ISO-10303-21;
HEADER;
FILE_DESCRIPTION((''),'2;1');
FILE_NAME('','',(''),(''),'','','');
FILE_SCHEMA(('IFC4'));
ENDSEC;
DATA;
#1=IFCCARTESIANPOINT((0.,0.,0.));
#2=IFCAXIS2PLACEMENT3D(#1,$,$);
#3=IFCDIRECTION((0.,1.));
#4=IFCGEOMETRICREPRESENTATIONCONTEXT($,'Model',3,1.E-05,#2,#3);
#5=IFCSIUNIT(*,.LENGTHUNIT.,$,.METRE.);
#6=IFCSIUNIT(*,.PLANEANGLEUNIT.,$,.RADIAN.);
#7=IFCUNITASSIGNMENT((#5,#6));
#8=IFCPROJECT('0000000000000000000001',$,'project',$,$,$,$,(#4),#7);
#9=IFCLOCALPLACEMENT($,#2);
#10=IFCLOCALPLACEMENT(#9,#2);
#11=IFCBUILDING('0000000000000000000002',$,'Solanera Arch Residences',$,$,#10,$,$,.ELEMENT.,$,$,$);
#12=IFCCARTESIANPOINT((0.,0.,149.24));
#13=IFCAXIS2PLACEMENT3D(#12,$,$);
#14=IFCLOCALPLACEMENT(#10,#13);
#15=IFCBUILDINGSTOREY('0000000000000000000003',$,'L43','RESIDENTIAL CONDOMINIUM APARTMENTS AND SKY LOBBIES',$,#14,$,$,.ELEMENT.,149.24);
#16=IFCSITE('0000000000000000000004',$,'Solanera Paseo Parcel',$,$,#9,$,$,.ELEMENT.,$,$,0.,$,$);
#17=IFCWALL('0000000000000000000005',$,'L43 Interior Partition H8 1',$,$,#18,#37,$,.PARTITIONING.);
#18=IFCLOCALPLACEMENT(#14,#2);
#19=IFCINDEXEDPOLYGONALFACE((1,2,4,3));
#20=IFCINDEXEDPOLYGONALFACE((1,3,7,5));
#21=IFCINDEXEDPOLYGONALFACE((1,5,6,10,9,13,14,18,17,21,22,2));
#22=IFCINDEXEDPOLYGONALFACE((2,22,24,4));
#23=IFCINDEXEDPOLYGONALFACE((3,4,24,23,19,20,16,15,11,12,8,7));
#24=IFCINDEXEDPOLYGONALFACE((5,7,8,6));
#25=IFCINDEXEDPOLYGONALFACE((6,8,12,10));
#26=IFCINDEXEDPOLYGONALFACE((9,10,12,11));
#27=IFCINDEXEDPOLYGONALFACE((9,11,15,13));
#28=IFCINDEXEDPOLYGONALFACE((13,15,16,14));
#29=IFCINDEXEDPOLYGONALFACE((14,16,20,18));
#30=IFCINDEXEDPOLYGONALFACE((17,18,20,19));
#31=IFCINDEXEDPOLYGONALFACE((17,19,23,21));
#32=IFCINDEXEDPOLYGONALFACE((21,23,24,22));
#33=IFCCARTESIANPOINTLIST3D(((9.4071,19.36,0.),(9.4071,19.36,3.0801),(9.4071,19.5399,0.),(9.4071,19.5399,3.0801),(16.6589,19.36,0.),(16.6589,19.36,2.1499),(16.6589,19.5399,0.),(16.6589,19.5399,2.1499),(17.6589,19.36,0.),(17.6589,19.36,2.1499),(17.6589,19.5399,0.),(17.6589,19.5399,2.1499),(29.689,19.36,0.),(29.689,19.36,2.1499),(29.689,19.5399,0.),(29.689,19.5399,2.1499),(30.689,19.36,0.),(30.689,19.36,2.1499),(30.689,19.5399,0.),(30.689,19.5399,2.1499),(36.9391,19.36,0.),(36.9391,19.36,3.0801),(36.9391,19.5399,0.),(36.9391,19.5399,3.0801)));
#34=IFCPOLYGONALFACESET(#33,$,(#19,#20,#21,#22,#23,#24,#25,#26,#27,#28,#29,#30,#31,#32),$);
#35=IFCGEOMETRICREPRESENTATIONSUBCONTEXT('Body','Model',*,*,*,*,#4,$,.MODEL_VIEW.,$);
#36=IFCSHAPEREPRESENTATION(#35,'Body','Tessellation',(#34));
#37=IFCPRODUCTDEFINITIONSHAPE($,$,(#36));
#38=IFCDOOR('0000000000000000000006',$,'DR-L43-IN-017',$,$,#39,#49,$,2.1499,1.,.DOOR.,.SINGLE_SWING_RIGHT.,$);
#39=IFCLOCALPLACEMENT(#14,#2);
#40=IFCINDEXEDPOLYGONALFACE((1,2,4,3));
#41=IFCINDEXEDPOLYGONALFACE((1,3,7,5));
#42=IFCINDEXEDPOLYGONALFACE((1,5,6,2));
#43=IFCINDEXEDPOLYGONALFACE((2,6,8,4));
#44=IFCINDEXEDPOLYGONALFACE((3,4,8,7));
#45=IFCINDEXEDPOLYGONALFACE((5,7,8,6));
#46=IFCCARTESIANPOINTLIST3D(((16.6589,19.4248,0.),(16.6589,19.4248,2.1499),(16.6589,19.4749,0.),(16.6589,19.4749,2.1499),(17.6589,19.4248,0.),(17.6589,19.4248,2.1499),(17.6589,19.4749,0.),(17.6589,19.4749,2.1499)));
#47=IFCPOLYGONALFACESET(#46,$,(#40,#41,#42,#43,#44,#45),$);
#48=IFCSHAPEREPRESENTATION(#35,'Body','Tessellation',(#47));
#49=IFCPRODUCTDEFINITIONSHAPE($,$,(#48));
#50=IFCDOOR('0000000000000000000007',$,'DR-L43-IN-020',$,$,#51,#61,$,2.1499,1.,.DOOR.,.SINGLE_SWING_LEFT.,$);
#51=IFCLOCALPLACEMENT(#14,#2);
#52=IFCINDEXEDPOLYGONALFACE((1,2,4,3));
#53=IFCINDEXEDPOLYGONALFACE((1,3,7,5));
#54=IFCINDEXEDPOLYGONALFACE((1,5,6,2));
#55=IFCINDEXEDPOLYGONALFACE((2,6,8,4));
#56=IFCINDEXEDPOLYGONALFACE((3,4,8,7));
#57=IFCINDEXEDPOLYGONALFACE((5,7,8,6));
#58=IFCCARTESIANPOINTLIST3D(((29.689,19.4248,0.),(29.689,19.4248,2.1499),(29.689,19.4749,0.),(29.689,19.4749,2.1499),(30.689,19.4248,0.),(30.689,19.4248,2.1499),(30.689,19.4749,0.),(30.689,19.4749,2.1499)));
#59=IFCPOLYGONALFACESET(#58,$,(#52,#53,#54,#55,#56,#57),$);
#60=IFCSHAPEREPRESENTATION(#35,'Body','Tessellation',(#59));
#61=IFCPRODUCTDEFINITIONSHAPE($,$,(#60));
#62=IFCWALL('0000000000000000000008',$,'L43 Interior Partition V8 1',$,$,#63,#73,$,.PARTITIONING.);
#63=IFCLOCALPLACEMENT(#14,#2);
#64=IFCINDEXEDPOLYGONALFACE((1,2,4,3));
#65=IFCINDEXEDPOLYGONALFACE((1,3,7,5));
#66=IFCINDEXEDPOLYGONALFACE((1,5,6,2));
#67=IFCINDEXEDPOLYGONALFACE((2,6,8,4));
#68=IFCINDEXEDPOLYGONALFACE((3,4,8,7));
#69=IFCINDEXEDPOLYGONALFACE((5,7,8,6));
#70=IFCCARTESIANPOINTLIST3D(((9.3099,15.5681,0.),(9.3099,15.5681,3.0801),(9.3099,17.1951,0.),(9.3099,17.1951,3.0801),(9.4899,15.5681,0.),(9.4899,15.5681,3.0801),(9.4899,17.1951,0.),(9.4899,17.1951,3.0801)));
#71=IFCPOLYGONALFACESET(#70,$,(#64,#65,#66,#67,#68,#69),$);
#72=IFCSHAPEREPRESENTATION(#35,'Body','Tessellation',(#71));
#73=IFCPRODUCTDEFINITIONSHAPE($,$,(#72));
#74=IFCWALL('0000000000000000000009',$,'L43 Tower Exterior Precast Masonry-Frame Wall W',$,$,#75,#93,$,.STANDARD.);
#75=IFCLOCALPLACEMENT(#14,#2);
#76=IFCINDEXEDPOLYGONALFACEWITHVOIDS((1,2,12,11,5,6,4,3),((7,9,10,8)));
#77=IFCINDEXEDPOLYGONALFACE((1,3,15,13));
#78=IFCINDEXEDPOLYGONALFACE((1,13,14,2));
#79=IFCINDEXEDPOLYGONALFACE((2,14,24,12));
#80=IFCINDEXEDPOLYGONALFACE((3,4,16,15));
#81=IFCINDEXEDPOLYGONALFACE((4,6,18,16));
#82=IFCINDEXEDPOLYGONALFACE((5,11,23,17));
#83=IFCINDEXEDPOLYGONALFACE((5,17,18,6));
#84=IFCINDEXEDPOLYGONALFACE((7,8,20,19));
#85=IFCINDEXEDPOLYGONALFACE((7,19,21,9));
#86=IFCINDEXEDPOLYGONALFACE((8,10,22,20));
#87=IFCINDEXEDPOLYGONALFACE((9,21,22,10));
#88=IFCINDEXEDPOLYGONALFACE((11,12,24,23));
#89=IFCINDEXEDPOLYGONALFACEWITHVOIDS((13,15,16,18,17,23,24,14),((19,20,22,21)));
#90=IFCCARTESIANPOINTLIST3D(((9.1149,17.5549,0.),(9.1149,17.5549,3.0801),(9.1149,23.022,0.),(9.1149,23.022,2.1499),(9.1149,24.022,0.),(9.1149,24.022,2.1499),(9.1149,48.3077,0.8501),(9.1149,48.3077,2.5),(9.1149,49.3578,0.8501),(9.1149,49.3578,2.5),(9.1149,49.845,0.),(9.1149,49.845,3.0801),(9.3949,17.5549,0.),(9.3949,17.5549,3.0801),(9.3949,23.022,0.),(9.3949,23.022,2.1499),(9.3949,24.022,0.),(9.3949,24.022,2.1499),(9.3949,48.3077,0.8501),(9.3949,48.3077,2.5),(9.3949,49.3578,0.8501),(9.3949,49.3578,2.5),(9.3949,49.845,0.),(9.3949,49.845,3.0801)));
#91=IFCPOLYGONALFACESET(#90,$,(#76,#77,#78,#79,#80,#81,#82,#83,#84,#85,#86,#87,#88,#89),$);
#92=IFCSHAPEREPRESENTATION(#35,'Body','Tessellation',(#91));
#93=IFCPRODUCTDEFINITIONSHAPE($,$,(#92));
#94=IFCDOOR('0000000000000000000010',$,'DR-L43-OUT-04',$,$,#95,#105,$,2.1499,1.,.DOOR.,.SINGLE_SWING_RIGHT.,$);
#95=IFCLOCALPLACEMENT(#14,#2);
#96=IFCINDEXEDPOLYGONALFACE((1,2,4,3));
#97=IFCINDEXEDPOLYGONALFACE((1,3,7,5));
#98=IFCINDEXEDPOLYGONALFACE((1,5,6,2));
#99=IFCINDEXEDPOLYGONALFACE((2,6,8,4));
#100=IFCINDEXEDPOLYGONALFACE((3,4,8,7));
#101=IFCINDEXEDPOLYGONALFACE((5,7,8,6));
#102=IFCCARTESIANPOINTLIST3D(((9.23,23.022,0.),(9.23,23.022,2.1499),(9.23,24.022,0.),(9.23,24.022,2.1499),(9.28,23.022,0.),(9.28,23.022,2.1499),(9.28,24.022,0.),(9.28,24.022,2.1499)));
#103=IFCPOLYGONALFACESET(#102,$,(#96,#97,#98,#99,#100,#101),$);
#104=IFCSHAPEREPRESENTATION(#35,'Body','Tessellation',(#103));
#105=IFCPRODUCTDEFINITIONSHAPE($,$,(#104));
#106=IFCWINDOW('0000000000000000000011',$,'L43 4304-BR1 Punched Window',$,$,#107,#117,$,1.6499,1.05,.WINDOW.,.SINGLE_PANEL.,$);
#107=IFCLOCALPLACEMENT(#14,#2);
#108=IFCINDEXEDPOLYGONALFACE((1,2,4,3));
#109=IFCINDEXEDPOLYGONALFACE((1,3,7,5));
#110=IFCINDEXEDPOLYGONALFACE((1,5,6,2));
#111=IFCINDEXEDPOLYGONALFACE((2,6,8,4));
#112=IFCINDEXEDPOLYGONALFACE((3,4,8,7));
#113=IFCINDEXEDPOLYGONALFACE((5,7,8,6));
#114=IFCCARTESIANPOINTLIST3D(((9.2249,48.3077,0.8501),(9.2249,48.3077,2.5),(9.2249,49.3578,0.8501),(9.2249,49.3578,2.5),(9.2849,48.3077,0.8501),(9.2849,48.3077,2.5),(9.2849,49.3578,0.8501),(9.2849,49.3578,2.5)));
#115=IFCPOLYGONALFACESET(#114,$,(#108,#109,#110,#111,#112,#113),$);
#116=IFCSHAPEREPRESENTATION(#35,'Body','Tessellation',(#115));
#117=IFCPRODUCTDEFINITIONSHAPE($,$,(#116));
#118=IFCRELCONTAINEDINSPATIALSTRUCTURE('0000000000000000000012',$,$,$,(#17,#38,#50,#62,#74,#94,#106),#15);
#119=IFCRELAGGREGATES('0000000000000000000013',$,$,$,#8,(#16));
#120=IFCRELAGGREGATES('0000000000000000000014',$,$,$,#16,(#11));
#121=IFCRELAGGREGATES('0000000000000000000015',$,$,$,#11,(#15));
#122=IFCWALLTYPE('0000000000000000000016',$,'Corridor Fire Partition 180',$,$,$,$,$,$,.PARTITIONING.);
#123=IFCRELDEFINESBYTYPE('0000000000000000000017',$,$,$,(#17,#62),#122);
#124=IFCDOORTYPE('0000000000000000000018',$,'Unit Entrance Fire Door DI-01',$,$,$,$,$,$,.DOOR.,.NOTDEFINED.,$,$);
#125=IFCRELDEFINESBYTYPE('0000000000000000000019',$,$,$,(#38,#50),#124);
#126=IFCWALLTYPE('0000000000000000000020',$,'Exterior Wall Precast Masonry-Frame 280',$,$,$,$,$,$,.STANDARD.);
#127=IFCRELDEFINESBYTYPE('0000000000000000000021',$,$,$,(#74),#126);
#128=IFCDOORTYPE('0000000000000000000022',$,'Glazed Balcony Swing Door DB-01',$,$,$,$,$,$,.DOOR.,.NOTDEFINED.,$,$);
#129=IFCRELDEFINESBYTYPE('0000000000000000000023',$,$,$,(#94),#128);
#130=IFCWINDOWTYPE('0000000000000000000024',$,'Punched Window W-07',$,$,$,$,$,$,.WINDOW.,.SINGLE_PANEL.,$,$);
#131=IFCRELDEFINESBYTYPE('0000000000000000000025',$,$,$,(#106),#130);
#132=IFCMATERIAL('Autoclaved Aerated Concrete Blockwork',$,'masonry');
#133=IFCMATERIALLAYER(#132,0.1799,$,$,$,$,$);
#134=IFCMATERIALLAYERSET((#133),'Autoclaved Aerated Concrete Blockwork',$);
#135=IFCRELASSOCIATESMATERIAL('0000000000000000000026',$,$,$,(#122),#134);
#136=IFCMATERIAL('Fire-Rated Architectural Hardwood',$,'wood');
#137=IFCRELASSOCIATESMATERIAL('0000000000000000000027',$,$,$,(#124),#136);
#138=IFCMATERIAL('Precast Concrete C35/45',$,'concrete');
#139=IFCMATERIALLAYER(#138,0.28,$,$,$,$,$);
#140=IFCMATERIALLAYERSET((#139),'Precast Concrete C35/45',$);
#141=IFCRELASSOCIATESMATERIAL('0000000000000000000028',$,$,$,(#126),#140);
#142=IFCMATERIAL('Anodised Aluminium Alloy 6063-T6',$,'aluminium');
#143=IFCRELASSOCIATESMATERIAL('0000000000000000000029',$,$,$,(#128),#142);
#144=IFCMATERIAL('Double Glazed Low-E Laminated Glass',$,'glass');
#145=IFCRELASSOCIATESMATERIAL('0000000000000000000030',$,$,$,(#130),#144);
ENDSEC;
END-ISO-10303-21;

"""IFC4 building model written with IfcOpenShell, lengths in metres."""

from ifc_helpers import new_model, si_unit, direction, frame, frame_2d, origin, place, context, subcontext, project, spatial, rectangle, extrude, material, layer, layer_set, type_object, element, fill, save


model = new_model("IFC4")

# Units and contexts
model_context = context("Model", 3, precision=1e-05, world=origin(), true_north=direction((0.0, 1.0)))
body_context = subcontext(model_context, "Body", "Model", "MODEL_VIEW")
ifc_project = project(units=[si_unit("LENGTHUNIT", "METRE"), si_unit("PLANEANGLEUNIT", "RADIAN")], contexts=[model_context])

# Site, building, storey
site_placement = place(None, origin())
site = spatial("IfcSite", under=ifc_project, at=site_placement, Name="Solanera Paseo Parcel", CompositionType="ELEMENT", RefElevation=0.0)
building_placement = place(site_placement, origin())
building = spatial("IfcBuilding", under=site, at=building_placement, Name="Solanera Arch Residences", CompositionType="ELEMENT")
storey_placement = place(building_placement, frame((0.0, 0.0, 149.24)))
storey = spatial("IfcBuildingStorey", under=building, at=storey_placement, Name="L43", Description="RESIDENTIAL CONDOMINIUM APARTMENTS AND SKY LOBBIES", CompositionType="ELEMENT", Elevation=149.24)

# Wall, openings, doors
ifc_material_1 = material(Name="Autoclaved Aerated Concrete Blockwork", Category="masonry")
ifc_layer_1 = layer(ifc_material_1, 0.1799)
ifc_layer_set_1 = layer_set([ifc_layer_1], Name="Autoclaved Aerated Concrete Blockwork")
wall_type_1 = type_object("IfcWallType", Name="Corridor Fire Partition 180", PredefinedType="PARTITIONING", material=ifc_layer_set_1)
wall_1_placement = place(storey_placement, frame((9.407, 19.45, 0.0), z_axis=(0.0, 0.0, 1.0), x_axis=(1.0, 0.0, 0.0)))
wall_1 = element("IfcWall", 1, at=wall_1_placement, inside=storey, type_object=wall_type_1, Name="L43 Interior Partition H8 1", PredefinedType="PARTITIONING", context=body_context, shape_type="SweptSolid", body=[
    extrude(rectangle(XDim=27.532, YDim=0.1799, at=frame_2d((13.7661, 0.0))), origin(), (0.0, 0.0, 1.0), 3.0801),
])
opening_1_placement = place(wall_1_placement, frame((7.252, 0.0, 0.0)))
opening_1 = element("IfcOpeningElement", 2, at=opening_1_placement, cuts=wall_1, PredefinedType="OPENING", context=body_context, shape_type="SweptSolid", body=[
    extrude(rectangle(XDim=1.0, YDim=2.1499, at=frame_2d((0.5, 1.075))), frame((0.0, 0.1001, 0.0), z_axis=(0.0, -1.0, 0.0), x_axis=(1.0, 0.0, 0.0)), (0.0, 0.0, 1.0), 0.1999),
])
opening_2_placement = place(wall_1_placement, frame((20.282, 0.0, 0.0)))
opening_2 = element("IfcOpeningElement", 3, at=opening_2_placement, cuts=wall_1, PredefinedType="OPENING", context=body_context, shape_type="SweptSolid", body=[
    extrude(rectangle(XDim=1.0, YDim=2.1499, at=frame_2d((0.5, 1.075))), frame((0.0, 0.1001, 0.0), z_axis=(0.0, -1.0, 0.0), x_axis=(1.0, 0.0, 0.0)), (0.0, 0.0, 1.0), 0.1999),
])
ifc_material_2 = material(Name="Fire-Rated Architectural Hardwood", Category="wood")
door_type_1 = type_object("IfcDoorType", Name="Unit Entrance Fire Door DI-01", OperationType="NOTDEFINED", PredefinedType="DOOR", material=ifc_material_2)
door_1_placement = place(opening_1_placement, origin())
door_1 = element("IfcDoor", 4, at=door_1_placement, inside=storey, type_object=door_type_1, Name="DR-L43-IN-017", OperationType="SINGLE_SWING_RIGHT", OverallHeight=2.1499, OverallWidth=1.0, PredefinedType="DOOR", context=body_context, shape_type="SweptSolid", body=[
    extrude(rectangle(XDim=1.0, YDim=2.1499, at=frame_2d((0.5, 1.075))), frame((0.0, 0.0249, 0.0), z_axis=(0.0, -1.0, 0.0), x_axis=(1.0, 0.0, 0.0)), (0.0, 0.0, 1.0), 0.05),
])
fill(opening_1, door_1)
door_2_placement = place(opening_2_placement, origin())
door_2 = element("IfcDoor", 5, at=door_2_placement, inside=storey, type_object=door_type_1, Name="DR-L43-IN-020", OperationType="SINGLE_SWING_LEFT", OverallHeight=2.1499, OverallWidth=1.0, PredefinedType="DOOR", context=body_context, shape_type="SweptSolid", body=[
    extrude(rectangle(XDim=1.0, YDim=2.1499, at=frame_2d((0.5, 1.075))), frame((0.0, 0.0249, 0.0), z_axis=(0.0, -1.0, 0.0), x_axis=(1.0, 0.0, 0.0)), (0.0, 0.0, 1.0), 0.05),
])
fill(opening_2, door_2)

# Wall
wall_2_placement = place(storey_placement, frame((9.3999, 15.5681, 0.0), z_axis=(0.0, 0.0, 1.0), x_axis=(0.0, 1.0, 0.0)))
element("IfcWall", 6, at=wall_2_placement, inside=storey, type_object=wall_type_1, Name="L43 Interior Partition V8 1", PredefinedType="PARTITIONING", context=body_context, shape_type="SweptSolid", body=[
    extrude(rectangle(XDim=1.627, YDim=0.1799, at=frame_2d((0.8135, 0.0))), origin(), (0.0, 0.0, 1.0), 3.0801),
])

# Wall, openings, door, window
ifc_material_3 = material(Name="Precast Concrete C35/45", Category="concrete")
ifc_layer_2 = layer(ifc_material_3, 0.28)
ifc_layer_set_2 = layer_set([ifc_layer_2], Name="Precast Concrete C35/45")
wall_type_2 = type_object("IfcWallType", Name="Exterior Wall Precast Masonry-Frame 280", PredefinedType="STANDARD", material=ifc_layer_set_2)
wall_3_placement = place(storey_placement, frame((9.2549, 17.5549, 0.0), z_axis=(0.0, 0.0, 1.0), x_axis=(0.0, 1.0, 0.0)))
wall_3 = element("IfcWall", 7, at=wall_3_placement, inside=storey, type_object=wall_type_2, Name="L43 Tower Exterior Precast Masonry-Frame Wall W", PredefinedType="STANDARD", context=body_context, shape_type="SweptSolid", body=[
    extrude(rectangle(XDim=32.29, YDim=0.28, at=frame_2d((16.145, 0.0))), origin(), (0.0, 0.0, 1.0), 3.0801),
])
opening_3_placement = place(wall_3_placement, frame((5.467, 0.0, 0.0)))
opening_3 = element("IfcOpeningElement", 8, at=opening_3_placement, cuts=wall_3, PredefinedType="OPENING", context=body_context, shape_type="SweptSolid", body=[
    extrude(rectangle(XDim=1.0, YDim=2.1499, at=frame_2d((0.5, 1.075))), frame((0.0, 0.1499, 0.0), z_axis=(0.0, -1.0, 0.0), x_axis=(1.0, 0.0, 0.0)), (0.0, 0.0, 1.0), 0.3),
])
opening_4_placement = place(wall_3_placement, frame((30.7529, 0.0, 0.8501)))
opening_4 = element("IfcOpeningElement", 9, at=opening_4_placement, cuts=wall_3, PredefinedType="OPENING", context=body_context, shape_type="SweptSolid", body=[
    extrude(rectangle(XDim=1.05, YDim=1.6499, at=frame_2d((0.5249, 0.825))), frame((0.0, 0.1499, 0.0), z_axis=(0.0, -1.0, 0.0), x_axis=(1.0, 0.0, 0.0)), (0.0, 0.0, 1.0), 0.3),
])
ifc_material_4 = material(Name="Anodised Aluminium Alloy 6063-T6", Category="aluminium")
door_type_2 = type_object("IfcDoorType", Name="Glazed Balcony Swing Door DB-01", OperationType="NOTDEFINED", PredefinedType="DOOR", material=ifc_material_4)
door_3_placement = place(opening_3_placement, origin())
door_3 = element("IfcDoor", 10, at=door_3_placement, inside=storey, type_object=door_type_2, Name="DR-L43-OUT-04", OperationType="SINGLE_SWING_RIGHT", OverallHeight=2.1499, OverallWidth=1.0, PredefinedType="DOOR", context=body_context, shape_type="SweptSolid", body=[
    extrude(rectangle(XDim=1.0, YDim=2.1499, at=frame_2d((0.5, 1.075))), frame((0.0, 0.0249, 0.0), z_axis=(0.0, -1.0, 0.0), x_axis=(1.0, 0.0, 0.0)), (0.0, 0.0, 1.0), 0.05),
])
fill(opening_3, door_3)
ifc_material_5 = material(Name="Double Glazed Low-E Laminated Glass", Category="glass")
window_type = type_object("IfcWindowType", Name="Punched Window W-07", PartitioningType="SINGLE_PANEL", PredefinedType="WINDOW", material=ifc_material_5)
window_placement = place(opening_4_placement, origin())
window = element("IfcWindow", 11, at=window_placement, inside=storey, type_object=window_type, Name="L43 4304-BR1 Punched Window", OverallHeight=1.6499, OverallWidth=1.05, PartitioningType="SINGLE_PANEL", PredefinedType="WINDOW", context=body_context, shape_type="SweptSolid", body=[
    extrude(rectangle(XDim=1.05, YDim=1.6499, at=frame_2d((0.5249, 0.825))), frame((0.0, 0.03, 0.0), z_axis=(0.0, -1.0, 0.0), x_axis=(1.0, 0.0, 0.0)), (0.0, 0.0, 1.0), 0.0601),
])
fill(opening_4, window)

save(model, "model.ifc")
